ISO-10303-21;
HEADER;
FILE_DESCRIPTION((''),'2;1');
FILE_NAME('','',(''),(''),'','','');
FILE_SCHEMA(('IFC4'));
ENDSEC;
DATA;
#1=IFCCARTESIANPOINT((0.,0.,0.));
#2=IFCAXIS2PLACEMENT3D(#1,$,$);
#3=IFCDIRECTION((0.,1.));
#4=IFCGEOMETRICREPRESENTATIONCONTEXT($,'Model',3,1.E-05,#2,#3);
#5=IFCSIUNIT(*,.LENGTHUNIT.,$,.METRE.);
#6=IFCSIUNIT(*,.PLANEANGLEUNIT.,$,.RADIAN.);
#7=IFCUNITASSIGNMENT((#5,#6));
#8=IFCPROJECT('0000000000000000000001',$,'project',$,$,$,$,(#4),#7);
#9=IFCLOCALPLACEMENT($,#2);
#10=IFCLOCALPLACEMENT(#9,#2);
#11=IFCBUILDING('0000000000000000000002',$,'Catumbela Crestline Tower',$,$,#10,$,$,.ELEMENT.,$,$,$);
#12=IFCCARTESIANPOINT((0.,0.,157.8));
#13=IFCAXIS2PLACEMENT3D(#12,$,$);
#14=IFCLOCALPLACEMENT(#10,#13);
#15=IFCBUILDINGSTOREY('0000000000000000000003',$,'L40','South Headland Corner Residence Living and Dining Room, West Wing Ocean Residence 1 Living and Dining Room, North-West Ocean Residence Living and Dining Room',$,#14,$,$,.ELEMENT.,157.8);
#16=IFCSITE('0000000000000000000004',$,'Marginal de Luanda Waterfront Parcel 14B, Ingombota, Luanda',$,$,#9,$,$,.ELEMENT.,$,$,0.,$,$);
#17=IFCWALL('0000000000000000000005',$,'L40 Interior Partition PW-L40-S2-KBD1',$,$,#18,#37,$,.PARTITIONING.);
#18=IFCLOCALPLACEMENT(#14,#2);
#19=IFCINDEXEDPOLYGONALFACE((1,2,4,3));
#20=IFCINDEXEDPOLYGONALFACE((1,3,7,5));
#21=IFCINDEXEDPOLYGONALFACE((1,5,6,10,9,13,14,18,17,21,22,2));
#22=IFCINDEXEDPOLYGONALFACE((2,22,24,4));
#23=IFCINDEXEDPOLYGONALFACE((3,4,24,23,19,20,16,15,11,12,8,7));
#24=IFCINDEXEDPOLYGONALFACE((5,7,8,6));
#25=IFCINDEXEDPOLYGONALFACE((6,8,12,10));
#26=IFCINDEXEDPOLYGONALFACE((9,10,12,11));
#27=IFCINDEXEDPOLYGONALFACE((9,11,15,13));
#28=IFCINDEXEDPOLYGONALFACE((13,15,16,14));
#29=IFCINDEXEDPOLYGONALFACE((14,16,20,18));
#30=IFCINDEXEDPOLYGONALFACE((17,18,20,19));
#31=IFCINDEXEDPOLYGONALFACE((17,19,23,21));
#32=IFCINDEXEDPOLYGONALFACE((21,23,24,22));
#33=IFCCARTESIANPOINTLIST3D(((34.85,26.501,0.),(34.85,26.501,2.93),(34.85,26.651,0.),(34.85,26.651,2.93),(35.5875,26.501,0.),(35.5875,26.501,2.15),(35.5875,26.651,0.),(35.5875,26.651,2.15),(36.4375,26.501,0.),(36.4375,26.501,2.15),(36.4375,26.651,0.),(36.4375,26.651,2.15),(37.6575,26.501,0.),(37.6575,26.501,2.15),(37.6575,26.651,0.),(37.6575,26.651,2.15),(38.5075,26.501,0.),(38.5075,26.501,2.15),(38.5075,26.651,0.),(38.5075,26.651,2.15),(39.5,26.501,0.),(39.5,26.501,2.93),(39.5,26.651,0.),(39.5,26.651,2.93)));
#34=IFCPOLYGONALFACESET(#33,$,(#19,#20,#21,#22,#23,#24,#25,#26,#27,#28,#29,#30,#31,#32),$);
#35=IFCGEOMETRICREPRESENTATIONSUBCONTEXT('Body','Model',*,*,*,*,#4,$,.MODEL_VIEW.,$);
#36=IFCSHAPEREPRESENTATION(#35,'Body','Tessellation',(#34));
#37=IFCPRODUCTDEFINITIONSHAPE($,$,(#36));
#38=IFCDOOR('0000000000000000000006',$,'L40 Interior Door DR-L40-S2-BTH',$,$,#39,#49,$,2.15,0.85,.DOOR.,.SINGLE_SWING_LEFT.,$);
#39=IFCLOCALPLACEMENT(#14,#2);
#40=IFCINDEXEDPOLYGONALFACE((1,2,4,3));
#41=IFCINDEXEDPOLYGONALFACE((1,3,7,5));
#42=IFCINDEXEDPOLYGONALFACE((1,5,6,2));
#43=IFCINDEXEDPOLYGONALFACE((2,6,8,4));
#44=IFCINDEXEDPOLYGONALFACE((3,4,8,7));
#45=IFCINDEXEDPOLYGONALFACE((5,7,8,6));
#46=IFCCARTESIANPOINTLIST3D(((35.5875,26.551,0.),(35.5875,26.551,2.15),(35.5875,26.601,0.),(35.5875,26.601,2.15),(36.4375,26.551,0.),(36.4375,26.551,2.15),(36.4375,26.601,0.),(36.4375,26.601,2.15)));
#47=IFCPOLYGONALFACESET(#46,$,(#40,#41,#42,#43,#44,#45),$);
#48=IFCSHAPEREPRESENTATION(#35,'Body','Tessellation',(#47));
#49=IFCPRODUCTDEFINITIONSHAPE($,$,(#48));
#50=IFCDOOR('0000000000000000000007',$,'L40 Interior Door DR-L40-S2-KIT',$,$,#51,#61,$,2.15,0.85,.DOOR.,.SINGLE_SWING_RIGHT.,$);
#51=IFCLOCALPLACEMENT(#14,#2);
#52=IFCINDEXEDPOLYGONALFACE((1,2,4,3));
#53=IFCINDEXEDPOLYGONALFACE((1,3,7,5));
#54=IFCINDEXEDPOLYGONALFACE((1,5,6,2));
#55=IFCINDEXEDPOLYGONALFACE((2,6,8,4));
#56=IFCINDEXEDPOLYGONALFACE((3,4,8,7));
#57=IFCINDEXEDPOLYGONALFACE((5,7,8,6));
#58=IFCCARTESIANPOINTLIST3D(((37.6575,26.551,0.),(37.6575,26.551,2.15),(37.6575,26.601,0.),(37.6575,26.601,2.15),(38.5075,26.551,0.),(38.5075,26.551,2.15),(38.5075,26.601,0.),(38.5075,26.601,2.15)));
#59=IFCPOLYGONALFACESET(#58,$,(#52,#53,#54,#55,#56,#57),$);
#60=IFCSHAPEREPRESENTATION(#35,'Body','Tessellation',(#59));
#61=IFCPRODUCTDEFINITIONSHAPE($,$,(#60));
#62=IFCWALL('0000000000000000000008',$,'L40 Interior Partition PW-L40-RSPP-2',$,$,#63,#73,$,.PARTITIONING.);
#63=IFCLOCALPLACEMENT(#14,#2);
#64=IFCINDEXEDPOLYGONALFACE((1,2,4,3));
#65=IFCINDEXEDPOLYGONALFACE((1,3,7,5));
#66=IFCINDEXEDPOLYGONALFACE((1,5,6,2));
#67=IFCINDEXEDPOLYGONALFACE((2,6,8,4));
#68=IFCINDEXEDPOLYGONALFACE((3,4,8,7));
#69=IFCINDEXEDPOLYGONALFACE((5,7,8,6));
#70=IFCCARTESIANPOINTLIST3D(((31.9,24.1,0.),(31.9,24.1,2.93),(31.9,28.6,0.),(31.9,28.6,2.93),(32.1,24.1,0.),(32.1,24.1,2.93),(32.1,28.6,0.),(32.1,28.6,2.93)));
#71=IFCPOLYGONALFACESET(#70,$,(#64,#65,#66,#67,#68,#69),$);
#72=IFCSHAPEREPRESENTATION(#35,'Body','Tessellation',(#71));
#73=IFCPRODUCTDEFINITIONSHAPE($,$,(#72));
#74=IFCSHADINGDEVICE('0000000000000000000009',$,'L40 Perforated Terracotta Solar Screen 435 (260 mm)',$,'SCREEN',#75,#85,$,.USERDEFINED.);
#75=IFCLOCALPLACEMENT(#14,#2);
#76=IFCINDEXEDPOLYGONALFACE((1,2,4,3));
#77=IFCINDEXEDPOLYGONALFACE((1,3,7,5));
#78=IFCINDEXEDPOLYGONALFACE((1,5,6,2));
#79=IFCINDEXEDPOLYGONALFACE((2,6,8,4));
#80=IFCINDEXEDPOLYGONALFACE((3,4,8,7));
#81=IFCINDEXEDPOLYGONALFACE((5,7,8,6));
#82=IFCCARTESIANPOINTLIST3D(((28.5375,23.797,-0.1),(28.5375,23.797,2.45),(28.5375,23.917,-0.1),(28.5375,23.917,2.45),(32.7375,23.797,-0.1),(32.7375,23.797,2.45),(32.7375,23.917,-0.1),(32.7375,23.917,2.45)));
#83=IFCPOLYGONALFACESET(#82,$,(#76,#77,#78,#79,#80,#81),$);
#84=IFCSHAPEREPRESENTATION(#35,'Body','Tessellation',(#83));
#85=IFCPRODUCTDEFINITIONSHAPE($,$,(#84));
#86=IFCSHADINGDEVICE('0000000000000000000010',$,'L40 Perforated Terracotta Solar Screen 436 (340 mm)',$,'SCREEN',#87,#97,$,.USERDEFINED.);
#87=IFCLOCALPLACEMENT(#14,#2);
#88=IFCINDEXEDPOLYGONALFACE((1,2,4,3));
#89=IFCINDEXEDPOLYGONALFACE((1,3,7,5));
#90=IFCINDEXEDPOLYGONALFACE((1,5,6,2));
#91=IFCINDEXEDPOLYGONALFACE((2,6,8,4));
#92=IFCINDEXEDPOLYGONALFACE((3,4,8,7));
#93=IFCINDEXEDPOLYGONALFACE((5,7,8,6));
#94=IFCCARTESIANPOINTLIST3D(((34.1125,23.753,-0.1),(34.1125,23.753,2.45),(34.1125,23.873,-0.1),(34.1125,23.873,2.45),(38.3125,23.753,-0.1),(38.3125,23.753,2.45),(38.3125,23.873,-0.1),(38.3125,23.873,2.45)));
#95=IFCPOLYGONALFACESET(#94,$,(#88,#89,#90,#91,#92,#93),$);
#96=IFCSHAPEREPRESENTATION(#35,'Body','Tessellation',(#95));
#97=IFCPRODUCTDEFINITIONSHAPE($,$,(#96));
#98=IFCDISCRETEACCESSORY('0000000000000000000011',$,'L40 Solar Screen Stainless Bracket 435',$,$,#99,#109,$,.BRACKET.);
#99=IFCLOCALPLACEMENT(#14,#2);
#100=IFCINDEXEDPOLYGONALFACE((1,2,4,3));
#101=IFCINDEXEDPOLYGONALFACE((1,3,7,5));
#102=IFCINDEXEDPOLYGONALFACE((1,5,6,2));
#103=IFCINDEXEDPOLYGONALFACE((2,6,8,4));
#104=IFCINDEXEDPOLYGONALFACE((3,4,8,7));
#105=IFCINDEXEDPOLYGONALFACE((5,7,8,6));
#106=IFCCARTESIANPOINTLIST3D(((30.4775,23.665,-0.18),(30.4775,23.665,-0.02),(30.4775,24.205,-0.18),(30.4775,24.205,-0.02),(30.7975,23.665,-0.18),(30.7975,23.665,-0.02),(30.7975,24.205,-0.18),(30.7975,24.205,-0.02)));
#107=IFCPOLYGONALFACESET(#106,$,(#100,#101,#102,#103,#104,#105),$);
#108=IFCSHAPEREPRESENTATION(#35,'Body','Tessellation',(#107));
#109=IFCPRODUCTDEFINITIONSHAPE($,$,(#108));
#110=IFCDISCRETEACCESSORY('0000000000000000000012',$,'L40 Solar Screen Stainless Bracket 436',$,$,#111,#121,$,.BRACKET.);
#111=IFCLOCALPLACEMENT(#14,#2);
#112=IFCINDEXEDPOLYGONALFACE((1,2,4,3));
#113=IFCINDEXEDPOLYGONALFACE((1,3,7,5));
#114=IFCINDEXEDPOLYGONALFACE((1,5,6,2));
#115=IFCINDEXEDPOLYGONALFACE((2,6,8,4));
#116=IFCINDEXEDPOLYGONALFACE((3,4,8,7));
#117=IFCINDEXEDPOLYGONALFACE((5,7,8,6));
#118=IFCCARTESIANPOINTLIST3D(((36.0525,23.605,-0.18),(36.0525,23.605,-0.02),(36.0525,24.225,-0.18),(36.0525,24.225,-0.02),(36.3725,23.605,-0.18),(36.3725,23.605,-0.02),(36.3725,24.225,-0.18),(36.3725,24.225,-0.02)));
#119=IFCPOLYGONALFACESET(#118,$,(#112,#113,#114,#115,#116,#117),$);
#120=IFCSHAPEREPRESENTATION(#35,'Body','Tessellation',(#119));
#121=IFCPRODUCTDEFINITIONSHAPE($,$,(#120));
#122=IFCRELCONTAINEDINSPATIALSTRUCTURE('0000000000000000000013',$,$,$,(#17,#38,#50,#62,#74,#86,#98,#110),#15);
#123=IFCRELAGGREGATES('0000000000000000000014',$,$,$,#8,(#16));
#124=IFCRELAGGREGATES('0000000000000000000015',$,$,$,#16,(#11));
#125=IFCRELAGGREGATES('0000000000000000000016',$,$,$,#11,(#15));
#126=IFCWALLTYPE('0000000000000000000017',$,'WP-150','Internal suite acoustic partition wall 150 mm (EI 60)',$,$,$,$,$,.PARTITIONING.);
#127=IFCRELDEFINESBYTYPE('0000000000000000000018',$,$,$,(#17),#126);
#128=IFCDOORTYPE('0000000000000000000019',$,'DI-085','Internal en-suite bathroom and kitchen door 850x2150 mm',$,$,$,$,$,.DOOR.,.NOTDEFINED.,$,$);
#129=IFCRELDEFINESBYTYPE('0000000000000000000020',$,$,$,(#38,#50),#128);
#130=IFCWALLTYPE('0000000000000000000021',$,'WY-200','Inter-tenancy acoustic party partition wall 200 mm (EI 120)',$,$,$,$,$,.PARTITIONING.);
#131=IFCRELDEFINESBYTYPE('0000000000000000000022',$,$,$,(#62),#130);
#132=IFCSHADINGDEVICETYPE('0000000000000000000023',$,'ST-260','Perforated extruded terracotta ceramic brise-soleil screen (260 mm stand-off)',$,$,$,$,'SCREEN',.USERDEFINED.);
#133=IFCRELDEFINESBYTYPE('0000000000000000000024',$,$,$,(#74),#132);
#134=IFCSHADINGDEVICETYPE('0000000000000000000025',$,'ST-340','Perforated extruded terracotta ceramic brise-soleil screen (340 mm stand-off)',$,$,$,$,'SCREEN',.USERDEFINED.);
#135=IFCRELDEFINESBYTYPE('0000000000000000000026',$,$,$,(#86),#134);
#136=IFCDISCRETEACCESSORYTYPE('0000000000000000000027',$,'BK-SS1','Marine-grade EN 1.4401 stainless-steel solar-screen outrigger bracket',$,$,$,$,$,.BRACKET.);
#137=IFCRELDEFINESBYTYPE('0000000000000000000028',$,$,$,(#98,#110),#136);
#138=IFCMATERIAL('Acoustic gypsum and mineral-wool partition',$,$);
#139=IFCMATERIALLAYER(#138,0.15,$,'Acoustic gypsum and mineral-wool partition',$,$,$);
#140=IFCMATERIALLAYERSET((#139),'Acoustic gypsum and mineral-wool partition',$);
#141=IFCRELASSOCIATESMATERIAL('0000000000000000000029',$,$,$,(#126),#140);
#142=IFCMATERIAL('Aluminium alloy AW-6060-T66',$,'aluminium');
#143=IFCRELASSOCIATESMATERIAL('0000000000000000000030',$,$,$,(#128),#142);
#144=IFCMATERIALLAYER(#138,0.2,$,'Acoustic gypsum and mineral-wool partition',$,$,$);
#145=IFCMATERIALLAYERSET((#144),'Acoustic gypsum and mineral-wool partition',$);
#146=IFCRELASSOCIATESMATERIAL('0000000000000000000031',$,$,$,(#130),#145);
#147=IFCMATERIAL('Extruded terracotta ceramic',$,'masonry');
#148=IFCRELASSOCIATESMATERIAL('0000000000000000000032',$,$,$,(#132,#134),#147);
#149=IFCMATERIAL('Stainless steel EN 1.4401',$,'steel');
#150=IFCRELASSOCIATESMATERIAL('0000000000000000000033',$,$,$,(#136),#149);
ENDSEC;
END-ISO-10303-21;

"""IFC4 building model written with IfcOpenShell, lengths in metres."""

from ifc_helpers import new_model, si_unit, direction, frame, frame_2d, origin, origin_2d, place, context, subcontext, project, spatial, rectangle, extrude, material, layer, layer_set, type_object, element, fill, save


model = new_model("IFC4")

# Units and contexts
model_context = context("Model", 3, precision=1e-05, world=origin(), true_north=direction((0.0, 1.0)))
body_context = subcontext(model_context, "Body", "Model", "MODEL_VIEW")
ifc_project = project(units=[si_unit("LENGTHUNIT", "METRE"), si_unit("PLANEANGLEUNIT", "RADIAN")], contexts=[model_context])

# Site, building, storey
site_placement = place(None, origin())
site = spatial("IfcSite", under=ifc_project, at=site_placement, Name="Marginal de Luanda Waterfront Parcel 14B, Ingombota, Luanda", CompositionType="ELEMENT", RefElevation=0.0)
building_placement = place(site_placement, origin())
building = spatial("IfcBuilding", under=site, at=building_placement, Name="Catumbela Crestline Tower", CompositionType="ELEMENT")
storey_placement = place(building_placement, frame((0.0, 0.0, 157.8)))
storey = spatial("IfcBuildingStorey", under=building, at=storey_placement, Name="L40", Description="South Headland Corner Residence Living and Dining Room, West Wing Ocean Residence 1 Living and Dining Room, North-West Ocean Residence Living and Dining Room", CompositionType="ELEMENT", Elevation=157.8)

# Shared definitions
ifc_material_1 = material(Name="Aluminium alloy AW-6060-T66", Category="aluminium")

# Shared definitions
ifc_material_2 = material(Name="Acoustic gypsum and mineral-wool partition")
ifc_layer_1 = layer(ifc_material_2, 0.15, Name="Acoustic gypsum and mineral-wool partition")
ifc_layer_set_1 = layer_set([ifc_layer_1], Name="Acoustic gypsum and mineral-wool partition")
wall_type_1 = type_object("IfcWallType", Name="WP-150", Description="Internal suite acoustic partition wall 150 mm (EI 60)", PredefinedType="PARTITIONING", material=ifc_layer_set_1)

# Wall, openings, doors
wall_1_placement = place(storey_placement, frame((34.85, 26.576, 0.0), z_axis=(0.0, 0.0, 1.0), x_axis=(1.0, 0.0, 0.0)))
wall_1 = element("IfcWall", 1, at=wall_1_placement, inside=storey, type_object=wall_type_1, Name="L40 Interior Partition PW-L40-S2-KBD1", PredefinedType="PARTITIONING", context=body_context, shape_type="SweptSolid", body=[
    extrude(rectangle(XDim=4.65, YDim=0.15, at=frame_2d((2.325, 0.0))), origin(), (0.0, 0.0, 1.0), 2.93),
])
opening_1_placement = place(wall_1_placement, frame((0.7375, 0.0, 0.0)))
opening_1 = element("IfcOpeningElement", 2, at=opening_1_placement, cuts=wall_1, PredefinedType="OPENING", context=body_context, shape_type="SweptSolid", body=[
    extrude(rectangle(XDim=0.85, YDim=2.15, at=frame_2d((0.425, 1.075))), frame((0.0, 0.085, 0.0), z_axis=(0.0, -1.0, 0.0), x_axis=(1.0, 0.0, 0.0)), (0.0, 0.0, 1.0), 0.17),
])
opening_2_placement = place(wall_1_placement, frame((2.8075, 0.0, 0.0)))
opening_2 = element("IfcOpeningElement", 3, at=opening_2_placement, cuts=wall_1, PredefinedType="OPENING", context=body_context, shape_type="SweptSolid", body=[
    extrude(rectangle(XDim=0.85, YDim=2.15, at=frame_2d((0.425, 1.075))), frame((0.0, 0.085, 0.0), z_axis=(0.0, -1.0, 0.0), x_axis=(1.0, 0.0, 0.0)), (0.0, 0.0, 1.0), 0.17),
])
door_type = type_object("IfcDoorType", Name="DI-085", Description="Internal en-suite bathroom and kitchen door 850x2150 mm", OperationType="NOTDEFINED", PredefinedType="DOOR", material=ifc_material_1)
door_1_placement = place(opening_1_placement, origin())
door_1 = element("IfcDoor", 4, at=door_1_placement, inside=storey, type_object=door_type, Name="L40 Interior Door DR-L40-S2-BTH", OperationType="SINGLE_SWING_LEFT", OverallHeight=2.15, OverallWidth=0.85, PredefinedType="DOOR", context=body_context, shape_type="SweptSolid", body=[
    extrude(rectangle(XDim=0.85, YDim=2.15, at=frame_2d((0.425, 1.075))), frame((0.0, 0.025, 0.0), z_axis=(0.0, -1.0, 0.0), x_axis=(1.0, 0.0, 0.0)), (0.0, 0.0, 1.0), 0.05),
])
fill(opening_1, door_1)
door_2_placement = place(opening_2_placement, origin())
door_2 = element("IfcDoor", 5, at=door_2_placement, inside=storey, type_object=door_type, Name="L40 Interior Door DR-L40-S2-KIT", OperationType="SINGLE_SWING_RIGHT", OverallHeight=2.15, OverallWidth=0.85, PredefinedType="DOOR", context=body_context, shape_type="SweptSolid", body=[
    extrude(rectangle(XDim=0.85, YDim=2.15, at=frame_2d((0.425, 1.075))), frame((0.0, 0.025, 0.0), z_axis=(0.0, -1.0, 0.0), x_axis=(1.0, 0.0, 0.0)), (0.0, 0.0, 1.0), 0.05),
])
fill(opening_2, door_2)

# Wall
ifc_layer_2 = layer(ifc_material_2, 0.2, Name="Acoustic gypsum and mineral-wool partition")
ifc_layer_set_2 = layer_set([ifc_layer_2], Name="Acoustic gypsum and mineral-wool partition")
wall_type_2 = type_object("IfcWallType", Name="WY-200", Description="Inter-tenancy acoustic party partition wall 200 mm (EI 120)", PredefinedType="PARTITIONING", material=ifc_layer_set_2)
wall_2_placement = place(storey_placement, frame((32.0, 24.1, 0.0), z_axis=(0.0, 0.0, 1.0), x_axis=(0.0, 1.0, 0.0)))
element("IfcWall", 6, at=wall_2_placement, inside=storey, type_object=wall_type_2, Name="L40 Interior Partition PW-L40-RSPP-2", PredefinedType="PARTITIONING", context=body_context, shape_type="SweptSolid", body=[
    extrude(rectangle(XDim=4.5, YDim=0.2, at=frame_2d((2.25, 0.0))), origin(), (0.0, 0.0, 1.0), 2.93),
])

# Shading devices
ifc_material_3 = material(Name="Extruded terracotta ceramic", Category="masonry")
shading_device_type_1 = type_object("IfcShadingDeviceType", Name="ST-260", Description="Perforated extruded terracotta ceramic brise-soleil screen (260 mm stand-off)", ElementType="SCREEN", PredefinedType="USERDEFINED", material=ifc_material_3)
shading_device_1_placement = place(storey_placement, frame((30.6375, 23.857, -0.1), z_axis=(0.0, 0.0, 1.0), x_axis=(1.0, 0.0, 0.0)))
element("IfcShadingDevice", 7, at=shading_device_1_placement, inside=storey, type_object=shading_device_type_1, Name="L40 Perforated Terracotta Solar Screen 435 (260 mm)", ObjectType="SCREEN", PredefinedType="USERDEFINED", context=body_context, shape_type="SweptSolid", body=[
    extrude(rectangle(XDim=4.2, YDim=0.12, at=origin_2d()), origin(), (0.0, 0.0, 1.0), 2.55),
])
shading_device_type_2 = type_object("IfcShadingDeviceType", Name="ST-340", Description="Perforated extruded terracotta ceramic brise-soleil screen (340 mm stand-off)", ElementType="SCREEN", PredefinedType="USERDEFINED", material=ifc_material_3)
shading_device_2_placement = place(storey_placement, frame((36.2125, 23.813, -0.1), z_axis=(0.0, 0.0, 1.0), x_axis=(1.0, 0.0, 0.0)))
element("IfcShadingDevice", 8, at=shading_device_2_placement, inside=storey, type_object=shading_device_type_2, Name="L40 Perforated Terracotta Solar Screen 436 (340 mm)", ObjectType="SCREEN", PredefinedType="USERDEFINED", context=body_context, shape_type="SweptSolid", body=[
    extrude(rectangle(XDim=4.2, YDim=0.12, at=origin_2d()), origin(), (0.0, 0.0, 1.0), 2.55),
])

# Discrete accessories
ifc_material_4 = material(Name="Stainless steel EN 1.4401", Category="steel")
discrete_accessory_type = type_object("IfcDiscreteAccessoryType", Name="BK-SS1", Description="Marine-grade EN 1.4401 stainless-steel solar-screen outrigger bracket", PredefinedType="BRACKET", material=ifc_material_4)
discrete_accessory_1_placement = place(storey_placement, frame((30.6375, 23.935, -0.18), z_axis=(0.0, 0.0, 1.0), x_axis=(1.0, 0.0, 0.0)))
element("IfcDiscreteAccessory", 9, at=discrete_accessory_1_placement, inside=storey, type_object=discrete_accessory_type, Name="L40 Solar Screen Stainless Bracket 435", PredefinedType="BRACKET", context=body_context, shape_type="SweptSolid", body=[
    extrude(rectangle(XDim=0.32, YDim=0.54, at=origin_2d()), origin(), (0.0, 0.0, 1.0), 0.16),
])
discrete_accessory_2_placement = place(storey_placement, frame((36.2125, 23.915, -0.18), z_axis=(0.0, 0.0, 1.0), x_axis=(1.0, 0.0, 0.0)))
element("IfcDiscreteAccessory", 10, at=discrete_accessory_2_placement, inside=storey, type_object=discrete_accessory_type, Name="L40 Solar Screen Stainless Bracket 436", PredefinedType="BRACKET", context=body_context, shape_type="SweptSolid", body=[
    extrude(rectangle(XDim=0.32, YDim=0.62, at=origin_2d()), origin(), (0.0, 0.0, 1.0), 0.16),
])

save(model, "model.ifc")
